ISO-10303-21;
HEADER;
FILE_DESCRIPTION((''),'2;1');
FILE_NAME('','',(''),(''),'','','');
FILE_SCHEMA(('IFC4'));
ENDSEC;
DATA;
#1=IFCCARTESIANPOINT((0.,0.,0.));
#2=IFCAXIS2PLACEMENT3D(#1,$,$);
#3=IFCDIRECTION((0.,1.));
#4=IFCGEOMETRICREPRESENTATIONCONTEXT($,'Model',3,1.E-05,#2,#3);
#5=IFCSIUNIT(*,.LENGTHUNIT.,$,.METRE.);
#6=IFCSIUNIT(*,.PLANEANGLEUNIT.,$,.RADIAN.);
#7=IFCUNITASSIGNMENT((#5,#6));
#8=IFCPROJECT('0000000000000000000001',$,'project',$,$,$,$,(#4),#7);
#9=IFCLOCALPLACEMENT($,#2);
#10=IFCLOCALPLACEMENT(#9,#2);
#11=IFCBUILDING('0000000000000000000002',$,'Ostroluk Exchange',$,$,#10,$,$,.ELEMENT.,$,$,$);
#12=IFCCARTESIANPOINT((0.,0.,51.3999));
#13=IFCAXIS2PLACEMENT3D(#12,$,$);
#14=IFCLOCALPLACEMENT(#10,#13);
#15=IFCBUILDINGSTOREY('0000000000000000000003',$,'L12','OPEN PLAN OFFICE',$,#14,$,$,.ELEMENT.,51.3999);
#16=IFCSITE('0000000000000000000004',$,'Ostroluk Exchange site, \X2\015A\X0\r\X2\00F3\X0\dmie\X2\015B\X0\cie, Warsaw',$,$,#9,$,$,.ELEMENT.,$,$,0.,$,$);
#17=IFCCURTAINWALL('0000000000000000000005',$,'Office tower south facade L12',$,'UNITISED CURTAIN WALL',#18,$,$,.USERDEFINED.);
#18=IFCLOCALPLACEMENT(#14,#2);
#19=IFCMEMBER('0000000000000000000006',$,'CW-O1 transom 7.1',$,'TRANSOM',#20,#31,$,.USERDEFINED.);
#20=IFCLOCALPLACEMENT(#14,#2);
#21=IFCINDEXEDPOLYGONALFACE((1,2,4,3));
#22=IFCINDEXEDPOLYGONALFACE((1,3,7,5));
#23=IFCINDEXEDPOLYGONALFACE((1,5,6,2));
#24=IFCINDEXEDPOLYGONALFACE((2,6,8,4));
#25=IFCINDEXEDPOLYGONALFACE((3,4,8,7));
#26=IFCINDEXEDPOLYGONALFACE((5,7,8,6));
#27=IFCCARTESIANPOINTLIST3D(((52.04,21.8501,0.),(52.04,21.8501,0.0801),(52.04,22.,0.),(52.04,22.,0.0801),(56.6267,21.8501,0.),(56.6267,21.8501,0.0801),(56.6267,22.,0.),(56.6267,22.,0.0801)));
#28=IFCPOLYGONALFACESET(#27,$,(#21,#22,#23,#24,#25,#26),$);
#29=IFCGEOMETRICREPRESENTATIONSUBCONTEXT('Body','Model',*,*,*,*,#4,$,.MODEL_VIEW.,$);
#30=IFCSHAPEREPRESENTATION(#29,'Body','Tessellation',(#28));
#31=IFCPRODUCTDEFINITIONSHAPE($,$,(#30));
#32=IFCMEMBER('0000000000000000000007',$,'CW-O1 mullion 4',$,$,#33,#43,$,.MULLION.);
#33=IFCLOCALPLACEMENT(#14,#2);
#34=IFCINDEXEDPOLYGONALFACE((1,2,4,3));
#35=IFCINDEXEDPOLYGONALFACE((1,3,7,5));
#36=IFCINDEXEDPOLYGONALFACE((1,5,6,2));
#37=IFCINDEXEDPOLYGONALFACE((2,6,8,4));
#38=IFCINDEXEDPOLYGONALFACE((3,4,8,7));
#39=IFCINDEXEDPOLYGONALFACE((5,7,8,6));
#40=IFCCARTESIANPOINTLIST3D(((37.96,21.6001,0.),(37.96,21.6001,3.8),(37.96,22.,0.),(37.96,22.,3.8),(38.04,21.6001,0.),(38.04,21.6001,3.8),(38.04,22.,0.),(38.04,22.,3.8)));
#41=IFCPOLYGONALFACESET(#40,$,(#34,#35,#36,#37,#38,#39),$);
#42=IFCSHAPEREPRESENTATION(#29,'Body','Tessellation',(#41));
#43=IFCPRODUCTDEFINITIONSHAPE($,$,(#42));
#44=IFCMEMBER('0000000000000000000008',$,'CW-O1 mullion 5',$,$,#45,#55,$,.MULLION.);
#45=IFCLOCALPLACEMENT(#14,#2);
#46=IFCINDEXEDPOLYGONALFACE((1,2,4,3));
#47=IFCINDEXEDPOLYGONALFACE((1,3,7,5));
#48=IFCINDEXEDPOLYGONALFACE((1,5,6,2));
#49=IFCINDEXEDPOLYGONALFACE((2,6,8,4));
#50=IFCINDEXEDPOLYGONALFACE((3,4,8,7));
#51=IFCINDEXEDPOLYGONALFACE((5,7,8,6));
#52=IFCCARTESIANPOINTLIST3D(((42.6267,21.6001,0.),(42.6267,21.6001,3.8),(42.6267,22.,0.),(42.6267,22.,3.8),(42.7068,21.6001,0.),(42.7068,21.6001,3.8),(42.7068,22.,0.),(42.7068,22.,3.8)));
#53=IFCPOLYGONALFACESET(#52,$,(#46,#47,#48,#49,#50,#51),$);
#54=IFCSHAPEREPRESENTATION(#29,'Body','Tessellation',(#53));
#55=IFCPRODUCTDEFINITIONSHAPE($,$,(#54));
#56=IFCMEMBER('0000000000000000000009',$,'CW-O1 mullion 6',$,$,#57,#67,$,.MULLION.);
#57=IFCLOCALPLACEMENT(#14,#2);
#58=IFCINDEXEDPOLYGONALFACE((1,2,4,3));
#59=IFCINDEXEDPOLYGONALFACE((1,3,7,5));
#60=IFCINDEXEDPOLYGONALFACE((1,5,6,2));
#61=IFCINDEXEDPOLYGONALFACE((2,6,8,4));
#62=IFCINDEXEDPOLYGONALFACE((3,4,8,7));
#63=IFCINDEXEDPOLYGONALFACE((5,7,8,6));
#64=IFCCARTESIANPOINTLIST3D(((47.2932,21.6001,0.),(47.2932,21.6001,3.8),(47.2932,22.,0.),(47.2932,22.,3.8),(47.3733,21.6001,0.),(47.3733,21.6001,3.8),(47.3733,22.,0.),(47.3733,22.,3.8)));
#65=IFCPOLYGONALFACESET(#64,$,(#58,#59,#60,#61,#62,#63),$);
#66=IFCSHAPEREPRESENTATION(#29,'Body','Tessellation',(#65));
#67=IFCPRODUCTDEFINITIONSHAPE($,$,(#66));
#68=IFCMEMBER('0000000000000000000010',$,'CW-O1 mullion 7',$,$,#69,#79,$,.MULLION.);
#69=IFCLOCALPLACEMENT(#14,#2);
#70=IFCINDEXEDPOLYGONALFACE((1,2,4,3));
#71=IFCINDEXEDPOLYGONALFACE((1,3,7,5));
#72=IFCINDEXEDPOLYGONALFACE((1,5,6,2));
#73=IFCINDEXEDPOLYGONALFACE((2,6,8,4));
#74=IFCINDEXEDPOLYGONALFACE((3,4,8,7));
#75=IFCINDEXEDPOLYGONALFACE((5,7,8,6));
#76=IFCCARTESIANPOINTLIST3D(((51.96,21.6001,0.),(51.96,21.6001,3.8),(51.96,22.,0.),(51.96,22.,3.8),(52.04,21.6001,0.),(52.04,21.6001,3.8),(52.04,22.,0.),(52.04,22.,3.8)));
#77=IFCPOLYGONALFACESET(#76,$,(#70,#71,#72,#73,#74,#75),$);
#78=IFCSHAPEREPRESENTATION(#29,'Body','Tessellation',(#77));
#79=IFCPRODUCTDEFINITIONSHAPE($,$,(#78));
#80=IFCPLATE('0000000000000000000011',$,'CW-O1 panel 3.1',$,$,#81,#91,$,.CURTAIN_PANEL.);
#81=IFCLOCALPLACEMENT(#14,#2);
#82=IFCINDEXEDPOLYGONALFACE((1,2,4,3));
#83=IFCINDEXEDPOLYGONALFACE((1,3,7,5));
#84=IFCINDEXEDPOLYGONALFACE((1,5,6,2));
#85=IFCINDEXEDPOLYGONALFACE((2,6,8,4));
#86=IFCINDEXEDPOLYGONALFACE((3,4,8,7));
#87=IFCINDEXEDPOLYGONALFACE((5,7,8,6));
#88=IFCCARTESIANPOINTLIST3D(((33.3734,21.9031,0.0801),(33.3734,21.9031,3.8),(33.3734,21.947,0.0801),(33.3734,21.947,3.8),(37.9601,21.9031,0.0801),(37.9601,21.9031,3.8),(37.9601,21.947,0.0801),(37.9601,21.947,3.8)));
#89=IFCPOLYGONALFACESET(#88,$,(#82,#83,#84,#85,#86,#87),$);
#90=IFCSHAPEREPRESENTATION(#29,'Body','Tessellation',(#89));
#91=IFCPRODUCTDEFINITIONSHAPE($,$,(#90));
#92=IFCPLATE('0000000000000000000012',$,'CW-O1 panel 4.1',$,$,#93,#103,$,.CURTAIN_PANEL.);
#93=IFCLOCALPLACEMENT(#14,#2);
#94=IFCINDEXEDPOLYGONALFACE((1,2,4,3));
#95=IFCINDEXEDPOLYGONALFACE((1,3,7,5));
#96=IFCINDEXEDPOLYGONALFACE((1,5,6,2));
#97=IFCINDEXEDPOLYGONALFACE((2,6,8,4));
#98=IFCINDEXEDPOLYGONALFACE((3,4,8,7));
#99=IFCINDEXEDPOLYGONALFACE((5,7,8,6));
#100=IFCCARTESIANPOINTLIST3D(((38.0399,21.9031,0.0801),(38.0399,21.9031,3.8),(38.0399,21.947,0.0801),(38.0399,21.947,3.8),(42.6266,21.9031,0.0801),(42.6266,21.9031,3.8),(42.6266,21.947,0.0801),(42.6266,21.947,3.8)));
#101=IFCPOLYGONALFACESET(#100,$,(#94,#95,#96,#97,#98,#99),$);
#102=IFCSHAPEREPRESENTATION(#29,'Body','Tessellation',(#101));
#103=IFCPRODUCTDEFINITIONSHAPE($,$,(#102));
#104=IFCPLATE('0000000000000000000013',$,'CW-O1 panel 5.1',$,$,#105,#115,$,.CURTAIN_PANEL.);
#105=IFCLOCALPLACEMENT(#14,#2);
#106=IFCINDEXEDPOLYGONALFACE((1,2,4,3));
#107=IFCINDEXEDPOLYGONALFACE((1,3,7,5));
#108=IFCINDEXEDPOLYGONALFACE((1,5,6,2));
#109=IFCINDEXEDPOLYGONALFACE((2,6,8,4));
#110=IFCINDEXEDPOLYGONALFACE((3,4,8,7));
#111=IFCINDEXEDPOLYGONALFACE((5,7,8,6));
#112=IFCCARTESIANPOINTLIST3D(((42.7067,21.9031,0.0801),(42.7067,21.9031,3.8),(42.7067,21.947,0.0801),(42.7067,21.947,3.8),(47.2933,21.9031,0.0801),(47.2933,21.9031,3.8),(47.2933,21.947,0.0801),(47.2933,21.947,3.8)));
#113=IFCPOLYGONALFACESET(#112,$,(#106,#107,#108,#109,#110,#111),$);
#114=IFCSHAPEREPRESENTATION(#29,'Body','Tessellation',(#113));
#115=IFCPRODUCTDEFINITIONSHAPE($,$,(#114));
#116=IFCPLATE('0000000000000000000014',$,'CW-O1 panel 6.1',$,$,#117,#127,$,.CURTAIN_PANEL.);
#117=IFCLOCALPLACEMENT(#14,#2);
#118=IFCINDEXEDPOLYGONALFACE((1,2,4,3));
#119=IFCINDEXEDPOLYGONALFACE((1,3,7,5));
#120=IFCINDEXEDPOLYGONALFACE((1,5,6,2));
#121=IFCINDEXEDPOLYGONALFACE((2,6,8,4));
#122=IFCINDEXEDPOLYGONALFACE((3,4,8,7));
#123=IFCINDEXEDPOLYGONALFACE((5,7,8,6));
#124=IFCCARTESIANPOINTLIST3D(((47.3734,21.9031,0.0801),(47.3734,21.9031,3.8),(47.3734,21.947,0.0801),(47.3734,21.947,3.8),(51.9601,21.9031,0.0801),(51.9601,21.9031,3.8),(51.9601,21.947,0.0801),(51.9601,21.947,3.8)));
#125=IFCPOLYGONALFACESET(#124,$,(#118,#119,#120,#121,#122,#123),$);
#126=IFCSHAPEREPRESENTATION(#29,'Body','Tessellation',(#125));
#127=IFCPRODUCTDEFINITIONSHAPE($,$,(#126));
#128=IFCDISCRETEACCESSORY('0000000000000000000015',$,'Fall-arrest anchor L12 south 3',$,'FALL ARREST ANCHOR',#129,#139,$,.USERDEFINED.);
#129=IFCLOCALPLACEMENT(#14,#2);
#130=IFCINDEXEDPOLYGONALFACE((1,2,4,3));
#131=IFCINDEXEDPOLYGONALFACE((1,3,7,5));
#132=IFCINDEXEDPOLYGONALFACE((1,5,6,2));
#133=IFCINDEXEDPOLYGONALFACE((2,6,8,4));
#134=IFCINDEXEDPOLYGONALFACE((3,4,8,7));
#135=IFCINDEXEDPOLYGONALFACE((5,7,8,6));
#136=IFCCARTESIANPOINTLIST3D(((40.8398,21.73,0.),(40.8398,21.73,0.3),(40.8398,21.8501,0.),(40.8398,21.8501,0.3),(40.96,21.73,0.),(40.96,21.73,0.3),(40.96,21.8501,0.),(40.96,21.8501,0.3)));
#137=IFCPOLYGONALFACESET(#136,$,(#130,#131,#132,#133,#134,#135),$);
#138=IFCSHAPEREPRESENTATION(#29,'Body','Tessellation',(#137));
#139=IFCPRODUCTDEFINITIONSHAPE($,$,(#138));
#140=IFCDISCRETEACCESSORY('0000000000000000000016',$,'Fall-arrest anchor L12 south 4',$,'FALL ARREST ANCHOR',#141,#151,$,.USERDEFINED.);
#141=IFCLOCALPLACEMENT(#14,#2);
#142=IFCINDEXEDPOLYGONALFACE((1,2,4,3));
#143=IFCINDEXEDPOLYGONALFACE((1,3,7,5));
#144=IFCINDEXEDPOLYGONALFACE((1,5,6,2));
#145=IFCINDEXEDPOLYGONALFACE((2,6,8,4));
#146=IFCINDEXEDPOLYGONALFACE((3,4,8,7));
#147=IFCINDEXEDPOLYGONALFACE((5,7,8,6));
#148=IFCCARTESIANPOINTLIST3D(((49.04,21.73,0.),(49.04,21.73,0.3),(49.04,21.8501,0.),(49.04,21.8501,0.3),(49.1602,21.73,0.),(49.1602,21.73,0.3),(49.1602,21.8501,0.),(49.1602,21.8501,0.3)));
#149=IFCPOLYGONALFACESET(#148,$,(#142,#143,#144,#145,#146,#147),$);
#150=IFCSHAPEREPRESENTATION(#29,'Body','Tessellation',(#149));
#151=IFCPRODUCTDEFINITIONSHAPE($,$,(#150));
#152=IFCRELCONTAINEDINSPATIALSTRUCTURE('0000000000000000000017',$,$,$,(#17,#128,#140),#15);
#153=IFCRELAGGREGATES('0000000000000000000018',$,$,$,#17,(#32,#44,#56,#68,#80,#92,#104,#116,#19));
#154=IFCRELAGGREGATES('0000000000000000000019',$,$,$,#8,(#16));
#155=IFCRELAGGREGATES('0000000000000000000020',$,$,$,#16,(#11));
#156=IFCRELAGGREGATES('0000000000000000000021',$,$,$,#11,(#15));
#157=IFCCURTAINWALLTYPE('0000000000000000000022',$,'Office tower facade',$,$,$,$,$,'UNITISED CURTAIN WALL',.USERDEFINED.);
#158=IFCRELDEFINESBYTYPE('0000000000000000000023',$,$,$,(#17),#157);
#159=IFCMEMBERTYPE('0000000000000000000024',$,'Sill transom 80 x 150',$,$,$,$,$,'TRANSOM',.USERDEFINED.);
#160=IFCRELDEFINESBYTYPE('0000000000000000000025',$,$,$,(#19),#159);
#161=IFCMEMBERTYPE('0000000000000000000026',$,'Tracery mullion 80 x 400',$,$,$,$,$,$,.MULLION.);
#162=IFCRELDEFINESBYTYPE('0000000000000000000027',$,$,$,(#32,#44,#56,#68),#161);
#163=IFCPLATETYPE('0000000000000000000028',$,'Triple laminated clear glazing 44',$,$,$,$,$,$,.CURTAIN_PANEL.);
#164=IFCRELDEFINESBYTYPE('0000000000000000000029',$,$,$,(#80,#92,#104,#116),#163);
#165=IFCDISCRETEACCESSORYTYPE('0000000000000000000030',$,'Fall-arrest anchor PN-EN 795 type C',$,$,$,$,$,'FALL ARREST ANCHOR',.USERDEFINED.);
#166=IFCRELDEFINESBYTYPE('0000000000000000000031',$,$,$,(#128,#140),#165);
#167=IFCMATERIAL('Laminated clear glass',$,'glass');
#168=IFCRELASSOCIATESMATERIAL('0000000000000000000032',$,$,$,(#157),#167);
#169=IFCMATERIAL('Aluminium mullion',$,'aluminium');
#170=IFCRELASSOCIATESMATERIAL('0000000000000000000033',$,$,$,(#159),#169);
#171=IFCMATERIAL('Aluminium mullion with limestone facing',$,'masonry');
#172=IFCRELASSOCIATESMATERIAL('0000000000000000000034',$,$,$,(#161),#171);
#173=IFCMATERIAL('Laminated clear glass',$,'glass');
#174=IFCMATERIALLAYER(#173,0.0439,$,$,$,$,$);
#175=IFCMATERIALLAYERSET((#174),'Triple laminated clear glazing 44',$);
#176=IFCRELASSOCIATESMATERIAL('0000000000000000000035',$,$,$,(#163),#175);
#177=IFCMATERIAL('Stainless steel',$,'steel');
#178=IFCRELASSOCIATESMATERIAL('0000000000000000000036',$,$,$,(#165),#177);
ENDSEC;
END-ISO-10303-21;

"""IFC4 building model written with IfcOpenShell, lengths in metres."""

from ifc_helpers import new_model, si_unit, direction, frame, origin, origin_2d, place, context, subcontext, project, spatial, rectangle, extrude, material, layer, layer_set, material_profile, profile_set, type_object, element, aggregate, save


model = new_model("IFC4")

# Units and contexts
model_context = context("Model", 3, precision=1e-05, world=origin(), true_north=direction((0.0, 1.0)))
body_context = subcontext(model_context, "Body", "Model", "MODEL_VIEW")
ifc_project = project(units=[si_unit("LENGTHUNIT", "METRE"), si_unit("PLANEANGLEUNIT", "RADIAN")], contexts=[model_context])

# Site, building, storey
site_placement = place(None, origin())
site = spatial("IfcSite", under=ifc_project, at=site_placement, Name="Ostroluk Exchange site, Śródmieście, Warsaw", CompositionType="ELEMENT", RefElevation=0.0)
building_placement = place(site_placement, origin())
building = spatial("IfcBuilding", under=site, at=building_placement, Name="Ostroluk Exchange", CompositionType="ELEMENT")
storey_placement = place(building_placement, frame((0.0, 0.0, 51.3999)))
storey = spatial("IfcBuildingStorey", under=building, at=storey_placement, Name="L12", Description="OPEN PLAN OFFICE", CompositionType="ELEMENT", Elevation=51.3999)

# Curtain wall, members, plates
ifc_material_1 = material(Name="Laminated clear glass", Category="glass")
curtain_wall_type = type_object("IfcCurtainWallType", Name="Office tower facade", ElementType="UNITISED CURTAIN WALL", PredefinedType="USERDEFINED", material=ifc_material_1)
curtain_wall_placement = place(storey_placement, origin())
curtain_wall = element("IfcCurtainWall", 1, at=curtain_wall_placement, inside=storey, type_object=curtain_wall_type, Name="Office tower south facade L12", ObjectType="UNITISED CURTAIN WALL", PredefinedType="USERDEFINED")
ifc_material_2 = material(Name="Aluminium mullion", Category="aluminium")
ifc_material_profile_1 = material_profile(ifc_material_2, rectangle(XDim=0.1499, YDim=0.0801, at=origin_2d()), Name="Sill transom 80 x 150")
ifc_profile_set_1 = profile_set([ifc_material_profile_1], Name="Aluminium mullion")
member_type_1 = type_object("IfcMemberType", Name="Sill transom 80 x 150", ElementType="TRANSOM", PredefinedType="USERDEFINED", material=ifc_profile_set_1)
member_1_placement = place(storey_placement, frame((52.04, 21.925, 0.04), z_axis=(1.0, 0.0, 0.0), x_axis=(0.0, 1.0, 0.0)))
member_1 = element("IfcMember", 2, at=member_1_placement, type_object=member_type_1, Name="CW-O1 transom 7.1", ObjectType="TRANSOM", PredefinedType="USERDEFINED", context=body_context, shape_type="SweptSolid", body=[
    extrude(rectangle(XDim=0.1499, YDim=0.0801, at=origin_2d()), origin(), (0.0, 0.0, 1.0), 4.5867),
])
ifc_material_3 = material(Name="Aluminium mullion with limestone facing", Category="masonry")
ifc_material_profile_2 = material_profile(ifc_material_3, rectangle(XDim=0.3999, YDim=0.0801, at=origin_2d()), Name="Tracery mullion 80 x 400")
ifc_profile_set_2 = profile_set([ifc_material_profile_2], Name="Aluminium mullion with limestone facing")
member_type_2 = type_object("IfcMemberType", Name="Tracery mullion 80 x 400", PredefinedType="MULLION", material=ifc_profile_set_2)
member_2_placement = place(storey_placement, frame((38.0, 21.8, 0.0), z_axis=(0.0, 0.0, 1.0), x_axis=(0.0, 1.0, 0.0)))
member_2 = element("IfcMember", 3, at=member_2_placement, type_object=member_type_2, Name="CW-O1 mullion 4", PredefinedType="MULLION", context=body_context, shape_type="SweptSolid", body=[
    extrude(rectangle(XDim=0.3999, YDim=0.0801, at=origin_2d()), origin(), (0.0, 0.0, 1.0), 3.8),
])
member_3_placement = place(storey_placement, frame((42.6667, 21.8, 0.0), z_axis=(0.0, 0.0, 1.0), x_axis=(0.0, 1.0, 0.0)))
member_3 = element("IfcMember", 4, at=member_3_placement, type_object=member_type_2, Name="CW-O1 mullion 5", PredefinedType="MULLION", context=body_context, shape_type="SweptSolid", body=[
    extrude(rectangle(XDim=0.3999, YDim=0.0801, at=origin_2d()), origin(), (0.0, 0.0, 1.0), 3.8),
])
member_4_placement = place(storey_placement, frame((47.3333, 21.8, 0.0), z_axis=(0.0, 0.0, 1.0), x_axis=(0.0, 1.0, 0.0)))
member_4 = element("IfcMember", 5, at=member_4_placement, type_object=member_type_2, Name="CW-O1 mullion 6", PredefinedType="MULLION", context=body_context, shape_type="SweptSolid", body=[
    extrude(rectangle(XDim=0.3999, YDim=0.0801, at=origin_2d()), origin(), (0.0, 0.0, 1.0), 3.8),
])
member_5_placement = place(storey_placement, frame((52.0, 21.8, 0.0), z_axis=(0.0, 0.0, 1.0), x_axis=(0.0, 1.0, 0.0)))
member_5 = element("IfcMember", 6, at=member_5_placement, type_object=member_type_2, Name="CW-O1 mullion 7", PredefinedType="MULLION", context=body_context, shape_type="SweptSolid", body=[
    extrude(rectangle(XDim=0.3999, YDim=0.0801, at=origin_2d()), origin(), (0.0, 0.0, 1.0), 3.8),
])
ifc_material_4 = material(Name="Laminated clear glass", Category="glass")
ifc_layer = layer(ifc_material_4, 0.0439)
ifc_layer_set = layer_set([ifc_layer], Name="Triple laminated clear glazing 44")
plate_type = type_object("IfcPlateType", Name="Triple laminated clear glazing 44", PredefinedType="CURTAIN_PANEL", material=ifc_layer_set)
plate_1_placement = place(storey_placement, frame((35.6667, 21.925, 0.0801), z_axis=(0.0, 0.0, 1.0), x_axis=(1.0, 0.0, 0.0)))
plate_1 = element("IfcPlate", 7, at=plate_1_placement, type_object=plate_type, Name="CW-O1 panel 3.1", PredefinedType="CURTAIN_PANEL", context=body_context, shape_type="SweptSolid", body=[
    extrude(rectangle(XDim=4.5867, YDim=0.0439, at=origin_2d()), origin(), (0.0, 0.0, 1.0), 3.72),
])
plate_2_placement = place(storey_placement, frame((40.3333, 21.925, 0.0801), z_axis=(0.0, 0.0, 1.0), x_axis=(1.0, 0.0, 0.0)))
plate_2 = element("IfcPlate", 8, at=plate_2_placement, type_object=plate_type, Name="CW-O1 panel 4.1", PredefinedType="CURTAIN_PANEL", context=body_context, shape_type="SweptSolid", body=[
    extrude(rectangle(XDim=4.5867, YDim=0.0439, at=origin_2d()), origin(), (0.0, 0.0, 1.0), 3.72),
])
plate_3_placement = place(storey_placement, frame((45.0, 21.925, 0.0801), z_axis=(0.0, 0.0, 1.0), x_axis=(1.0, 0.0, 0.0)))
plate_3 = element("IfcPlate", 9, at=plate_3_placement, type_object=plate_type, Name="CW-O1 panel 5.1", PredefinedType="CURTAIN_PANEL", context=body_context, shape_type="SweptSolid", body=[
    extrude(rectangle(XDim=4.5867, YDim=0.0439, at=origin_2d()), origin(), (0.0, 0.0, 1.0), 3.72),
])
plate_4_placement = place(storey_placement, frame((49.6667, 21.925, 0.0801), z_axis=(0.0, 0.0, 1.0), x_axis=(1.0, 0.0, 0.0)))
plate_4 = element("IfcPlate", 10, at=plate_4_placement, type_object=plate_type, Name="CW-O1 panel 6.1", PredefinedType="CURTAIN_PANEL", context=body_context, shape_type="SweptSolid", body=[
    extrude(rectangle(XDim=4.5867, YDim=0.0439, at=origin_2d()), origin(), (0.0, 0.0, 1.0), 3.72),
])
aggregate(curtain_wall, [member_2, member_3, member_4, member_5, plate_1, plate_2, plate_3, plate_4, member_1])

# Discrete accessories
ifc_material_5 = material(Name="Stainless steel", Category="steel")
discrete_accessory_type = type_object("IfcDiscreteAccessoryType", Name="Fall-arrest anchor PN-EN 795 type C", ElementType="FALL ARREST ANCHOR", PredefinedType="USERDEFINED", material=ifc_material_5)
for number, where, z_axis, x_axis, name in (
    (11, (40.8999, 21.79, 0.0), (0.0, 0.0, 1.0), (1.0, 0.0, 0.0), "Fall-arrest anchor L12 south 3"),
    (12, (49.1001, 21.79, 0.0), (0.0, 0.0, 1.0), (1.0, 0.0, 0.0), "Fall-arrest anchor L12 south 4"),
):
    element("IfcDiscreteAccessory", number, at=place(storey_placement, frame(where, z_axis=z_axis, x_axis=x_axis)), inside=storey, type_object=discrete_accessory_type, Name=name, ObjectType="FALL ARREST ANCHOR", PredefinedType="USERDEFINED", context=body_context, shape_type="SweptSolid", body=[
        extrude(rectangle(XDim=0.1201, YDim=0.1201, at=origin_2d()), origin(), (0.0, 0.0, 1.0), 0.3),
    ])

save(model, "model.ifc")
